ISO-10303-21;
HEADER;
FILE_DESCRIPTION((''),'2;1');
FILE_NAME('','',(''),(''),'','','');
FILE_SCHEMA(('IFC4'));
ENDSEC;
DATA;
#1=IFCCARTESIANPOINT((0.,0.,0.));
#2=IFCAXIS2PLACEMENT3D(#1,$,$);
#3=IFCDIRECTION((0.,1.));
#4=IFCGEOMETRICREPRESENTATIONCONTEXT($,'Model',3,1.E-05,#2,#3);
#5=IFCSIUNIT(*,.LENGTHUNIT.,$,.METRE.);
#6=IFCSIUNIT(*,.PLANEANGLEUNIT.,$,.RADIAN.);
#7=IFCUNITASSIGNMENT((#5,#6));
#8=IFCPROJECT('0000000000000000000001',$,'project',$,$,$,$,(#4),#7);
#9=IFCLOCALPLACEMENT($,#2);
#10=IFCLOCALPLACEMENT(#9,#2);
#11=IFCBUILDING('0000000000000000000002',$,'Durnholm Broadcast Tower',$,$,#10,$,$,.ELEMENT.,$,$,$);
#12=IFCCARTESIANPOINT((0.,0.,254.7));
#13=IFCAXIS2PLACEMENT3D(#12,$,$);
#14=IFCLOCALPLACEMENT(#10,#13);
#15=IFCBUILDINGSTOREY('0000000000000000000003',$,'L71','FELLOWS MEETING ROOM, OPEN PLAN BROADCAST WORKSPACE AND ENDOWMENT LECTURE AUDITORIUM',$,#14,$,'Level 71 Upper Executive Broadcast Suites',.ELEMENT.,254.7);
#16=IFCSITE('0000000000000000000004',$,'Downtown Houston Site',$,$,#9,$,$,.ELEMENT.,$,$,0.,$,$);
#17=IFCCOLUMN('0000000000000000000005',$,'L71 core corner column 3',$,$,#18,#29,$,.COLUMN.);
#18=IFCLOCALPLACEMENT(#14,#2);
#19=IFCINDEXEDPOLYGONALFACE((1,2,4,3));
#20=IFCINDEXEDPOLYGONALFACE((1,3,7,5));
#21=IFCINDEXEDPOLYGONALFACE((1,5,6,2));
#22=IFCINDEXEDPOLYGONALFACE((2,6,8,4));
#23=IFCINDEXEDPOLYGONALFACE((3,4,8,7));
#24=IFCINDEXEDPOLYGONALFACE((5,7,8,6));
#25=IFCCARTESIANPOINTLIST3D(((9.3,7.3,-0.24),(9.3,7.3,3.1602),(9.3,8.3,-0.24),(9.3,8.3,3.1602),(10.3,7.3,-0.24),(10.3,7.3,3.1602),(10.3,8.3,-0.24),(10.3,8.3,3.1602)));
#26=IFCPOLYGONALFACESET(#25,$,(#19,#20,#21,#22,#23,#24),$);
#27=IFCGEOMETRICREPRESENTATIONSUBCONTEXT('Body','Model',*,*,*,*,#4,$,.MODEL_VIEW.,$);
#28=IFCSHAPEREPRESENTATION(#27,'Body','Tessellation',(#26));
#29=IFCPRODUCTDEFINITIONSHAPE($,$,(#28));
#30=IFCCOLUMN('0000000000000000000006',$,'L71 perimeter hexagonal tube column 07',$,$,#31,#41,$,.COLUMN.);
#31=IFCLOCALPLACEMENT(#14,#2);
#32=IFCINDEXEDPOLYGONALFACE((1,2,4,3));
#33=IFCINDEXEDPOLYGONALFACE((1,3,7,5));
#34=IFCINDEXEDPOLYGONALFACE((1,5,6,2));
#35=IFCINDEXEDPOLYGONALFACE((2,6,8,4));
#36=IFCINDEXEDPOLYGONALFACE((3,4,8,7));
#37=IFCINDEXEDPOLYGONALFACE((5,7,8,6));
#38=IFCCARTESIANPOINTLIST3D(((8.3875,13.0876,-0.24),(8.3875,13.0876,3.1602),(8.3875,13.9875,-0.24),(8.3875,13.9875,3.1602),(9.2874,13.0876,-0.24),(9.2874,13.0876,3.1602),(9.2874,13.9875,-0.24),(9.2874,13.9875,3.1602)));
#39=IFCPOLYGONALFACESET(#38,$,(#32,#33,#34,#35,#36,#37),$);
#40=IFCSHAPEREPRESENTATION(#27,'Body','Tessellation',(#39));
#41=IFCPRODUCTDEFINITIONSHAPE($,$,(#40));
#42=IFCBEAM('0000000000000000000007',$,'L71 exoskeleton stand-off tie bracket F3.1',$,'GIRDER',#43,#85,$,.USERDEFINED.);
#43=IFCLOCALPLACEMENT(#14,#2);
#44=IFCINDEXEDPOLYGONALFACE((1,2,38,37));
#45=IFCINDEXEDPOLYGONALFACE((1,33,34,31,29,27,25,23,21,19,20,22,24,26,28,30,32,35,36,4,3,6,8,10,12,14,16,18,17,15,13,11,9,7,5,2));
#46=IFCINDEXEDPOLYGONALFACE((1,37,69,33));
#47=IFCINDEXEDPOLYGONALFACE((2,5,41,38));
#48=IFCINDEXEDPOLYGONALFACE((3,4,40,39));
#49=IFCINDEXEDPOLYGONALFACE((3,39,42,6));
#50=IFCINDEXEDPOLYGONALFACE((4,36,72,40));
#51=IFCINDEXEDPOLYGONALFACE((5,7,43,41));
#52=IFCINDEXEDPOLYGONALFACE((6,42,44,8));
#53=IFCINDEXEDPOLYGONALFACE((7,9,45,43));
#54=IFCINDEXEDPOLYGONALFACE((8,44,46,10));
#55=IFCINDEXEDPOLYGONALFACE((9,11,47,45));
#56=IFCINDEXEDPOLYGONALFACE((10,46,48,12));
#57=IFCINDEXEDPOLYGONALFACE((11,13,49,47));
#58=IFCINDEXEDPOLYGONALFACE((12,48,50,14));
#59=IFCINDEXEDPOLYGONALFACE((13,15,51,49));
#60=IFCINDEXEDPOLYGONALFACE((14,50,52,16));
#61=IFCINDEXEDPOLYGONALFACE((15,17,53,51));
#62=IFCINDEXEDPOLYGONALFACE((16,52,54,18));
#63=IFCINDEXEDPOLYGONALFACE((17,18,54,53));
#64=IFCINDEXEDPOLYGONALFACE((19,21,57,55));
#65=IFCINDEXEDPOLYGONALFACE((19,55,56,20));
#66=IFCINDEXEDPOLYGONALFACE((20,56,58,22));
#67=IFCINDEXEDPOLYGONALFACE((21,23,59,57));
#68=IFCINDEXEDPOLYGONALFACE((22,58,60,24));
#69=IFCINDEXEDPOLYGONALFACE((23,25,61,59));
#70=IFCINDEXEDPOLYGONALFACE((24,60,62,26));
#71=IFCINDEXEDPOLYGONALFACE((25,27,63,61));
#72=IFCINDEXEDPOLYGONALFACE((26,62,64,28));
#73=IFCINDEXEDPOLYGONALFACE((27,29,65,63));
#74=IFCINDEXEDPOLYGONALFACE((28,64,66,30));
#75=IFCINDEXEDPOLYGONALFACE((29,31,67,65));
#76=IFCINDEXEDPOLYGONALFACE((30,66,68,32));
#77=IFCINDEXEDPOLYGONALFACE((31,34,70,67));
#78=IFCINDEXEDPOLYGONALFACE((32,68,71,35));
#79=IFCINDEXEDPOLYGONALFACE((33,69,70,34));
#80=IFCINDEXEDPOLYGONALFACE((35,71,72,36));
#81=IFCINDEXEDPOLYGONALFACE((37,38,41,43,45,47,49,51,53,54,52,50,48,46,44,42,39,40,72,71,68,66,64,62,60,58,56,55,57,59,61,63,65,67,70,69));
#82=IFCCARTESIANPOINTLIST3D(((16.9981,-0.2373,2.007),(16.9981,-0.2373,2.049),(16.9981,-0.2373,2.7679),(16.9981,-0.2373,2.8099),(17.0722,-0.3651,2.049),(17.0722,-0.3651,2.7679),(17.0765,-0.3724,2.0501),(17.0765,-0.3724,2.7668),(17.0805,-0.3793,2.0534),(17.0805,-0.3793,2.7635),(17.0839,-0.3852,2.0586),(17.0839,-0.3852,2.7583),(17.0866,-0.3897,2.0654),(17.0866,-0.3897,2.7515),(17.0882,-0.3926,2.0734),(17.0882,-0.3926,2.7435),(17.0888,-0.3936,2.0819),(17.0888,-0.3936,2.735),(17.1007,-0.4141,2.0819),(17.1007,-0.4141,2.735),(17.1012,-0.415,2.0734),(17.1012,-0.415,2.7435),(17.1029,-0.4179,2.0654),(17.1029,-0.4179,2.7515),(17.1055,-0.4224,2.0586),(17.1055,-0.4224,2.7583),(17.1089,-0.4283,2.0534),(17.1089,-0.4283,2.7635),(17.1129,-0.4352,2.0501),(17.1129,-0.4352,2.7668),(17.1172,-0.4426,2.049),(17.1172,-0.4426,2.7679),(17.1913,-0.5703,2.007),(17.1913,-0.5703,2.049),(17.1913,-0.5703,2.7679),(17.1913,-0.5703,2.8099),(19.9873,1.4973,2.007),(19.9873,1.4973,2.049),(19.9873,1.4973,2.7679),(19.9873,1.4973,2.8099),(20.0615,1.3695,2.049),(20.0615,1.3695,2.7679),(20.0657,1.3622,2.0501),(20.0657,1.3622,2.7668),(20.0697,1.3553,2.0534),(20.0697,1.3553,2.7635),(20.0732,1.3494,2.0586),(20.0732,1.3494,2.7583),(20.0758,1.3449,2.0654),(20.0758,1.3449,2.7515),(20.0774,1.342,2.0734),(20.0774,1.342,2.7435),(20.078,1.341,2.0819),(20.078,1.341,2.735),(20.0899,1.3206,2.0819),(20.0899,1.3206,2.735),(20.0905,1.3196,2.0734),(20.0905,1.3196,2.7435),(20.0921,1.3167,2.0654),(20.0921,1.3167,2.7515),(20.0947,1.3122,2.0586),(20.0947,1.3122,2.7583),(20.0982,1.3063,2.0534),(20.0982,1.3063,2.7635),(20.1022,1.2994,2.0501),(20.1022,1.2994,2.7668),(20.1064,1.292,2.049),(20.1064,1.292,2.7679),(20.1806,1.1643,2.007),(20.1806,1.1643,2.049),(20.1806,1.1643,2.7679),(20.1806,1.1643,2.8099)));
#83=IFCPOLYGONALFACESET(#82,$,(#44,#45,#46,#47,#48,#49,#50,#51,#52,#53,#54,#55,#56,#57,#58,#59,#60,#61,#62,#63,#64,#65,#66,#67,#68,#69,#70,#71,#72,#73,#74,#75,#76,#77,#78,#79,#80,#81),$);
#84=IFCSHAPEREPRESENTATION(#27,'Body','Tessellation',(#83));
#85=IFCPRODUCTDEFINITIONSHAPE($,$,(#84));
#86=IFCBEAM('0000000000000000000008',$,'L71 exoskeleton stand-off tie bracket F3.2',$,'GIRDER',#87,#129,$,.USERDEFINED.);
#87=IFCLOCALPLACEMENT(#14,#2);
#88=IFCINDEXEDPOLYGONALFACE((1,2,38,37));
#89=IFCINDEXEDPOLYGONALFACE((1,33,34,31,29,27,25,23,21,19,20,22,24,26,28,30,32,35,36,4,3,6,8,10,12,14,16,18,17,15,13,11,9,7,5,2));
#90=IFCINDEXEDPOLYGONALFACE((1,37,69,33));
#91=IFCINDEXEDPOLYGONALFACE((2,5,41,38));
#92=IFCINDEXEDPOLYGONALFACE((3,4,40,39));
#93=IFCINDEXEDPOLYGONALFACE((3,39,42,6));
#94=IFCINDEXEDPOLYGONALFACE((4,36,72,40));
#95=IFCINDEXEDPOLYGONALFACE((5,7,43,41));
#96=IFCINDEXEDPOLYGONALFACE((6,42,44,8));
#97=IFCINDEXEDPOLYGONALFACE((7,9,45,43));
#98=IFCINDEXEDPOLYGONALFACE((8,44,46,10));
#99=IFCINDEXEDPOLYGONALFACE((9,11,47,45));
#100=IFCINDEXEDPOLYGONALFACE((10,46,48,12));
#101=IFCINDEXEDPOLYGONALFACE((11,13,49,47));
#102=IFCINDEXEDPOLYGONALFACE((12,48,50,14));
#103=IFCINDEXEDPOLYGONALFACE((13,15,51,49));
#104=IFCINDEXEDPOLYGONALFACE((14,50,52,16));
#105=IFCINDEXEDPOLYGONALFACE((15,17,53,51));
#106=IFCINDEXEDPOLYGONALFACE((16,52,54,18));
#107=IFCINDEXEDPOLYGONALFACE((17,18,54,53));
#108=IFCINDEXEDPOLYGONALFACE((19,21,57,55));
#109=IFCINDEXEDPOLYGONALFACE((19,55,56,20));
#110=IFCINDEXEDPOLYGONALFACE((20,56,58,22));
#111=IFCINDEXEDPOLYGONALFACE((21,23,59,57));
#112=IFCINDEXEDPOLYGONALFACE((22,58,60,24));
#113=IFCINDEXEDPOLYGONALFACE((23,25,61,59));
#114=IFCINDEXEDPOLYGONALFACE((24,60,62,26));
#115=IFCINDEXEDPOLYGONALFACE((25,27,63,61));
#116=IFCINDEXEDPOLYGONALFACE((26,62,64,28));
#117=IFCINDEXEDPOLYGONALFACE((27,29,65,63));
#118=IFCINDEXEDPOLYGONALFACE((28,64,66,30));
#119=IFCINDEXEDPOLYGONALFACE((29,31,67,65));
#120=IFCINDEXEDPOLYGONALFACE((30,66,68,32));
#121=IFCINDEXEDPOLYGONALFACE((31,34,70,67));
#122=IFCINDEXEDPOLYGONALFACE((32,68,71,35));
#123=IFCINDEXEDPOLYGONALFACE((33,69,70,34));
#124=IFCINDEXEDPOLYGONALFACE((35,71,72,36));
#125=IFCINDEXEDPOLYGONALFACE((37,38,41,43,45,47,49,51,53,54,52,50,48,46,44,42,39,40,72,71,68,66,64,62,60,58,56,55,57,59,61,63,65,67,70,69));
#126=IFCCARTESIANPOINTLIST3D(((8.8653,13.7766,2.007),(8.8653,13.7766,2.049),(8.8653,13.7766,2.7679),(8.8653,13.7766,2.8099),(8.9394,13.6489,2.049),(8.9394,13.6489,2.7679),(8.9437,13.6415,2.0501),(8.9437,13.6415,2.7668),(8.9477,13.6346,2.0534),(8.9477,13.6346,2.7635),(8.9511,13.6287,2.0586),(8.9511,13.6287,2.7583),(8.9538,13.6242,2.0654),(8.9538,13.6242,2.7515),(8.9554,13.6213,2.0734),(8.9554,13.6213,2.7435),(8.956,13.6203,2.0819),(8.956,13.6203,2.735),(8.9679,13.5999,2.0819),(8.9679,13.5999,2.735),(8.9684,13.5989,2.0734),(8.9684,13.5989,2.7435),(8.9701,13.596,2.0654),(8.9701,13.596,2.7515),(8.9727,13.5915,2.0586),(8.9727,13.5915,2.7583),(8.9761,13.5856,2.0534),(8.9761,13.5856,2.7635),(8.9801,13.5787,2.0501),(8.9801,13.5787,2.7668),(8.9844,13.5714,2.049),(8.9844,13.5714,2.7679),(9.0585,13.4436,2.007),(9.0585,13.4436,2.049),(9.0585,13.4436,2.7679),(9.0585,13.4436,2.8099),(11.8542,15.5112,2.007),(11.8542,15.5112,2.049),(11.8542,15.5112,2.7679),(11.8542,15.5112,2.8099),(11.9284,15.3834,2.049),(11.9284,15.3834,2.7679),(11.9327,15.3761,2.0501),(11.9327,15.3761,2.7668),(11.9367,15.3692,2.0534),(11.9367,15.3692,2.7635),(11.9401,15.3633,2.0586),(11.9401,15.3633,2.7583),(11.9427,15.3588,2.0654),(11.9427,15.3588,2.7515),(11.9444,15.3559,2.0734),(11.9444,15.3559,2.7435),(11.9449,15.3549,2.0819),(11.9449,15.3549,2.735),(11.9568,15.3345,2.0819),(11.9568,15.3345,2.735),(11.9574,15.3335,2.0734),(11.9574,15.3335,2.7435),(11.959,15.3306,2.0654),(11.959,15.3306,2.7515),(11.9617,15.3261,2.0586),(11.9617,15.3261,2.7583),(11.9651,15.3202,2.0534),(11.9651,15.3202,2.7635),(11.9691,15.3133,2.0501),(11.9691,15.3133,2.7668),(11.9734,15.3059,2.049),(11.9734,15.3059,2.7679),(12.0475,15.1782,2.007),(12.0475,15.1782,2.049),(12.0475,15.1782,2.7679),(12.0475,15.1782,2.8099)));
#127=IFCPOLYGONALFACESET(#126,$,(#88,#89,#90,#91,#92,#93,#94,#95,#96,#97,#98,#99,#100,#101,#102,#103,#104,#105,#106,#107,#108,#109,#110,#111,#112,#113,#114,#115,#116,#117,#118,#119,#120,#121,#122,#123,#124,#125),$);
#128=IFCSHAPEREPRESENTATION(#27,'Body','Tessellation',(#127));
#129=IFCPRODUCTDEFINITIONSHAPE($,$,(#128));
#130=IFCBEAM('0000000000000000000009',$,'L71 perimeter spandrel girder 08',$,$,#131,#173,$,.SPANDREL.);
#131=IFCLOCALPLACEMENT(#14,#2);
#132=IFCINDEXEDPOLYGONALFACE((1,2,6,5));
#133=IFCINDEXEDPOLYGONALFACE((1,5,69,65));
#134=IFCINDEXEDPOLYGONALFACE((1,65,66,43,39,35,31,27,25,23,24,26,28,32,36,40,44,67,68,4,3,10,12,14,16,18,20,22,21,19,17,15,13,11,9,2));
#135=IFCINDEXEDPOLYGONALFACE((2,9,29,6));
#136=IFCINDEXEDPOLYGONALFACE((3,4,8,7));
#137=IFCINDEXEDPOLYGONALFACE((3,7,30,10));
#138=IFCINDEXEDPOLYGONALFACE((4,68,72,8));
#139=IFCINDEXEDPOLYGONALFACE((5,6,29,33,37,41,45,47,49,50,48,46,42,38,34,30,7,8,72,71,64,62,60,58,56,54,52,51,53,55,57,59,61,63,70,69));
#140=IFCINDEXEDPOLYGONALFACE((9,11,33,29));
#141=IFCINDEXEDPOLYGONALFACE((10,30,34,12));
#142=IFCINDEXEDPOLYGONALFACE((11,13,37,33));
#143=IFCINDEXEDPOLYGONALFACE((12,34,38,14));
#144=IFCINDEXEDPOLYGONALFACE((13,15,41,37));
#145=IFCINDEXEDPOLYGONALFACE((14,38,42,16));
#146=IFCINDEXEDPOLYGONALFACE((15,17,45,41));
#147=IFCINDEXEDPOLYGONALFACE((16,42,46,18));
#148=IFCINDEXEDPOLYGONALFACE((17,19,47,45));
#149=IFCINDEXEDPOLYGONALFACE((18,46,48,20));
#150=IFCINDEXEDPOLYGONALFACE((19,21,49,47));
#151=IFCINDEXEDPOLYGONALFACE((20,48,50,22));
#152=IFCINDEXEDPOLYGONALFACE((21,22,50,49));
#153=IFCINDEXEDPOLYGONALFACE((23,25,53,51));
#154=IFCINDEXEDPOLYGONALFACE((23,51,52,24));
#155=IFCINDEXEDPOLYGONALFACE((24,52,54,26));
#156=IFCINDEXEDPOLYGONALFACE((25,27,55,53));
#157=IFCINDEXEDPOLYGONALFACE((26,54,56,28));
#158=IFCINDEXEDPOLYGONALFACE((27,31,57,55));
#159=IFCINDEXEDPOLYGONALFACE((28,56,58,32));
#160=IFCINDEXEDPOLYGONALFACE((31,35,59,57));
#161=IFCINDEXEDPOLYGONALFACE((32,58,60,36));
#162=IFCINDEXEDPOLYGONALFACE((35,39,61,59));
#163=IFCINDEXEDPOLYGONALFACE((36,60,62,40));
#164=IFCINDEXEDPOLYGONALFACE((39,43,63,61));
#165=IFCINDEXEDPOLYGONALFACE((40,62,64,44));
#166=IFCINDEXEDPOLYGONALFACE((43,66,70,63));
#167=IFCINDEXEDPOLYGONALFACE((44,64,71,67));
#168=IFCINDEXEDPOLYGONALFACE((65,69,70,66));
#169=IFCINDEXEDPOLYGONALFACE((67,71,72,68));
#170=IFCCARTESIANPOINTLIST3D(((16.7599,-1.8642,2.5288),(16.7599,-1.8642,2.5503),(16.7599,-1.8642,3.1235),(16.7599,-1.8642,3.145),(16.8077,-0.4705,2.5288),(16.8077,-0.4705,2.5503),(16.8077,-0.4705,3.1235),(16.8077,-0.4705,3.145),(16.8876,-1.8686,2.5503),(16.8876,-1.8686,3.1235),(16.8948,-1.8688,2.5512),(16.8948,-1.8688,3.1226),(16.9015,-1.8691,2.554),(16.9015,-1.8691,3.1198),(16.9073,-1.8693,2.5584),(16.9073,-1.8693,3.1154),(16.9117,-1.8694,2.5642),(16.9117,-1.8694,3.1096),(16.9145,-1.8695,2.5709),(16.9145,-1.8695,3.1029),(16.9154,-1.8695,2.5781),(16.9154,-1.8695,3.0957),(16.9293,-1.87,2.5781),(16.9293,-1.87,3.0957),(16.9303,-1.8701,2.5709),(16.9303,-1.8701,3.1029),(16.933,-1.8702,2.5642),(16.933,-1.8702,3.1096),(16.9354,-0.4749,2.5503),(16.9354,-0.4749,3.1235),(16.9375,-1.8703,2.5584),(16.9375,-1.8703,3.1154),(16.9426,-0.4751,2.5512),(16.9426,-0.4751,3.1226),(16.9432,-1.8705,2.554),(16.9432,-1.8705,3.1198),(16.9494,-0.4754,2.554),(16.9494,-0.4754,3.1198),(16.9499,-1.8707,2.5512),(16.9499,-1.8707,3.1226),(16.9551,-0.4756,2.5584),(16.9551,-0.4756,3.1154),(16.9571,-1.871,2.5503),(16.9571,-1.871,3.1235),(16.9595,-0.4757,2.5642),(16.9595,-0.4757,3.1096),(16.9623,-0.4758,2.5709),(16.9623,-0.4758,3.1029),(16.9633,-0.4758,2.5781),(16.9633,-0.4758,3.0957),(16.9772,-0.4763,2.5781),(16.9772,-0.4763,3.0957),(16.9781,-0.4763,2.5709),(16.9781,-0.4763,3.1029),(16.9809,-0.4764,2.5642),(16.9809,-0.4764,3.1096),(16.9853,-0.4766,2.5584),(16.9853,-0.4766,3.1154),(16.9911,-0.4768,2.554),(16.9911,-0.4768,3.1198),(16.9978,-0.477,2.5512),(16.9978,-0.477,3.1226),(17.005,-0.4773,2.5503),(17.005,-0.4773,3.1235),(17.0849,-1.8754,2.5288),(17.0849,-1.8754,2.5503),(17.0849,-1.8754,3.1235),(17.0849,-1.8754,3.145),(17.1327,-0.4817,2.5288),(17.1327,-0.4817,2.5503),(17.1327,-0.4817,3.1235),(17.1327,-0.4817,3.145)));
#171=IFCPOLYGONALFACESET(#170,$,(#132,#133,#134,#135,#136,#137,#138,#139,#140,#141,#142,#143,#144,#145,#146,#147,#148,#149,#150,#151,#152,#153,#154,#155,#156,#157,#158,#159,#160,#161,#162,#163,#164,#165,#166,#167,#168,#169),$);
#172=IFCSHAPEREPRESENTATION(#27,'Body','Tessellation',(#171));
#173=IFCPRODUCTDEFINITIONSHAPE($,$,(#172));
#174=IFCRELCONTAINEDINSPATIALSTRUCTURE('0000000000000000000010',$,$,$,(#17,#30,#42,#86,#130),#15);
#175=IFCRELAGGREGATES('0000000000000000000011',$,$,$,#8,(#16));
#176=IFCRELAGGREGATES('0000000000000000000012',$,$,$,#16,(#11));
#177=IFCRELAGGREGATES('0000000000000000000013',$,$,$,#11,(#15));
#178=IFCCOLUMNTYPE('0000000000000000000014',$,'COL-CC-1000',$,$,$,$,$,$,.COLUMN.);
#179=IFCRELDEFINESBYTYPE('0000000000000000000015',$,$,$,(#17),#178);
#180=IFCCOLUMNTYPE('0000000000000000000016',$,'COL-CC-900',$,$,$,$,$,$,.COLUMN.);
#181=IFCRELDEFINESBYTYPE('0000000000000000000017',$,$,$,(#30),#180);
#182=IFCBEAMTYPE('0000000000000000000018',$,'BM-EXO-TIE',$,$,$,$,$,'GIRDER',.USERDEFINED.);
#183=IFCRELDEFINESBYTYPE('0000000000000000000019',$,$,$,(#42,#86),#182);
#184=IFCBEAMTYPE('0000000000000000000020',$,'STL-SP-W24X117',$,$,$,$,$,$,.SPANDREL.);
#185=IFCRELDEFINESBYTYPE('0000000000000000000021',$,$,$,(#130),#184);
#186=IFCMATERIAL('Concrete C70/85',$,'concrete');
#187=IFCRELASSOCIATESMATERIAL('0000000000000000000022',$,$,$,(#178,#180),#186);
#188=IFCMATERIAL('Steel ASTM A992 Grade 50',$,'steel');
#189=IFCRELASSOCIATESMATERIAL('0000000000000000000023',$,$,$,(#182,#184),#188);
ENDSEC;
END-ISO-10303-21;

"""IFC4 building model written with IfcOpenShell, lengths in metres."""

from ifc_helpers import new_model, si_unit, direction, frame, origin, origin_2d, place, context, subcontext, project, spatial, rectangle, i_section, extrude, source, transform, mapped, material, material_profile, profile_set, type_object, type_shapes, element, save


model = new_model("IFC4")

# Units and contexts
model_context = context("Model", 3, precision=1e-05, world=origin(), true_north=direction((0.0, 1.0)))
body_context = subcontext(model_context, "Body", "Model", "MODEL_VIEW")
ifc_project = project(units=[si_unit("LENGTHUNIT", "METRE"), si_unit("PLANEANGLEUNIT", "RADIAN")], contexts=[model_context])

# Site, building, storey
site_placement = place(None, origin())
site = spatial("IfcSite", under=ifc_project, at=site_placement, Name="Downtown Houston Site", CompositionType="ELEMENT", RefElevation=0.0)
building_placement = place(site_placement, origin())
building = spatial("IfcBuilding", under=site, at=building_placement, Name="Durnholm Broadcast Tower", CompositionType="ELEMENT")
storey_placement = place(building_placement, frame((0.0, 0.0, 254.7)))
storey = spatial("IfcBuildingStorey", under=building, at=storey_placement, Name="L71", Description="FELLOWS MEETING ROOM, OPEN PLAN BROADCAST WORKSPACE AND ENDOWMENT LECTURE AUDITORIUM", LongName="Level 71 Upper Executive Broadcast Suites", CompositionType="ELEMENT", Elevation=254.7)

# Columns
ifc_material_1 = material(Name="Concrete C70/85", Category="concrete")
ifc_material_profile_1 = material_profile(ifc_material_1, rectangle(XDim=1.0, YDim=1.0, at=origin_2d()), Name="RC1000X1000")
ifc_profile_set_1 = profile_set([ifc_material_profile_1], Name="Concrete C70/85")
column_type_1 = type_object("IfcColumnType", Name="COL-CC-1000", PredefinedType="COLUMN", material=ifc_profile_set_1)
shared_shape_1 = source(origin(), body_context, "Body", "SweptSolid", [
    extrude(rectangle(XDim=1.0, YDim=1.0, at=origin_2d()), origin(), (0.0, 0.0, 1.0), 3.4001),
])
type_shapes(column_type_1, [shared_shape_1])
column_1_placement = place(storey_placement, frame((9.8, 7.8, -0.24), z_axis=(0.0, 0.0, 1.0), x_axis=(1.0, 0.0, 0.0)))
element("IfcColumn", 1, at=column_1_placement, inside=storey, type_object=column_type_1, Name="L71 core corner column 3", PredefinedType="COLUMN", context=body_context, shape_type="MappedRepresentation", body=[
    mapped(shared_shape_1, transform((0.0, 0.0, 0.0), x_axis=(1.0, 0.0, 0.0), y_axis=(0.0, 1.0, 0.0), z_axis=(0.0, 0.0, 1.0), scale=1.0)),
])
ifc_material_profile_2 = material_profile(ifc_material_1, rectangle(XDim=0.8999, YDim=0.8999, at=origin_2d()), Name="RC900X900")
ifc_profile_set_2 = profile_set([ifc_material_profile_2], Name="Concrete C70/85")
column_type_2 = type_object("IfcColumnType", Name="COL-CC-900", PredefinedType="COLUMN", material=ifc_profile_set_2)
shared_shape_2 = source(origin(), body_context, "Body", "SweptSolid", [
    extrude(rectangle(XDim=0.8999, YDim=0.8999, at=origin_2d()), origin(), (0.0, 0.0, 1.0), 3.4001),
])
type_shapes(column_type_2, [shared_shape_2])
column_2_placement = place(storey_placement, frame((8.8374, 13.5376, -0.24), z_axis=(0.0, 0.0, 1.0), x_axis=(1.0, 0.0, 0.0)))
element("IfcColumn", 2, at=column_2_placement, inside=storey, type_object=column_type_2, Name="L71 perimeter hexagonal tube column 07", PredefinedType="COLUMN", context=body_context, shape_type="MappedRepresentation", body=[
    mapped(shared_shape_2, transform((0.0, 0.0, 0.0), x_axis=(1.0, 0.0, 0.0), y_axis=(0.0, 1.0, 0.0), z_axis=(0.0, 0.0, 1.0), scale=1.0)),
])

# Beams
ifc_material_2 = material(Name="Steel ASTM A992 Grade 50", Category="steel")
ifc_material_profile_3 = material_profile(ifc_material_2, i_section(OverallWidth=0.385, OverallDepth=0.803, WebThickness=0.0237, FlangeThickness=0.042, FilletRadius=0.033, at=origin_2d()), Name="W30X261")
ifc_profile_set_3 = profile_set([ifc_material_profile_3], Name="Steel ASTM A992 Grade 50")
beam_type_1 = type_object("IfcBeamType", Name="BM-EXO-TIE", ElementType="GIRDER", PredefinedType="USERDEFINED", material=ifc_profile_set_3)
shared_shape_3 = source(origin(), body_context, "Body", "SweptSolid", [
    extrude(i_section(OverallWidth=0.385, OverallDepth=0.803, WebThickness=0.0237, FlangeThickness=0.042, FilletRadius=0.033, at=origin_2d()), origin(), (0.0, 0.0, 1.0), 3.4561),
])
beam_1_placement = place(storey_placement, frame((17.0947, -0.4038, 2.4084), z_axis=(0.864924, 0.501902, 0.0), x_axis=(-0.501902, 0.864924, 0.0)))
element("IfcBeam", 3, at=beam_1_placement, inside=storey, type_object=beam_type_1, Name="L71 exoskeleton stand-off tie bracket F3.1", ObjectType="GIRDER", PredefinedType="USERDEFINED", context=body_context, shape_type="MappedRepresentation", body=[
    mapped(shared_shape_3, transform((0.0, 0.0, 0.0), x_axis=(1.0, 0.0, 0.0), y_axis=(0.0, 1.0, 0.0), z_axis=(0.0, 0.0, 1.0), scale=1.0)),
])
shared_shape_4 = source(origin(), body_context, "Body", "SweptSolid", [
    extrude(i_section(OverallWidth=0.385, OverallDepth=0.803, WebThickness=0.0237, FlangeThickness=0.042, FilletRadius=0.033, at=origin_2d()), origin(), (0.0, 0.0, 1.0), 3.4558),
])
beam_2_placement = place(storey_placement, frame((8.9619, 13.6101, 2.4084), z_axis=(0.864907, 0.501933, 0.0), x_axis=(-0.501933, 0.864907, 0.0)))
element("IfcBeam", 4, at=beam_2_placement, inside=storey, type_object=beam_type_1, Name="L71 exoskeleton stand-off tie bracket F3.2", ObjectType="GIRDER", PredefinedType="USERDEFINED", context=body_context, shape_type="MappedRepresentation", body=[
    mapped(shared_shape_4, transform((0.0, 0.0, 0.0), x_axis=(1.0, 0.0, 0.0), y_axis=(0.0, 1.0, 0.0), z_axis=(0.0, 0.0, 1.0), scale=1.0)),
])
ifc_material_profile_4 = material_profile(ifc_material_2, i_section(OverallWidth=0.3252, OverallDepth=0.6162, WebThickness=0.0139, FlangeThickness=0.0215, FilletRadius=0.0278, at=origin_2d()), Name="W24X117")
ifc_profile_set_4 = profile_set([ifc_material_profile_4], Name="Steel ASTM A992 Grade 50")
beam_type_2 = type_object("IfcBeamType", Name="STL-SP-W24X117", PredefinedType="SPANDREL", material=ifc_profile_set_4)
shared_shape_5 = source(origin(), body_context, "Body", "SweptSolid", [
    extrude(i_section(OverallWidth=0.3252, OverallDepth=0.6162, WebThickness=0.0139, FlangeThickness=0.0215, FilletRadius=0.0278, at=origin_2d()), origin(), (0.0, 0.0, 1.0), 1.3945),
])
beam_3_placement = place(storey_placement, frame((16.9702, -0.4761, 2.8369), z_axis=(-0.034312, -0.999411, 0.0), x_axis=(0.999411, -0.034312, 0.0)))
element("IfcBeam", 5, at=beam_3_placement, inside=storey, type_object=beam_type_2, Name="L71 perimeter spandrel girder 08", PredefinedType="SPANDREL", context=body_context, shape_type="MappedRepresentation", body=[
    mapped(shared_shape_5, transform((0.0, 0.0, 0.0), x_axis=(1.0, 0.0, 0.0), y_axis=(0.0, 1.0, 0.0), z_axis=(0.0, 0.0, 1.0), scale=1.0)),
])

save(model, "model.ifc")
